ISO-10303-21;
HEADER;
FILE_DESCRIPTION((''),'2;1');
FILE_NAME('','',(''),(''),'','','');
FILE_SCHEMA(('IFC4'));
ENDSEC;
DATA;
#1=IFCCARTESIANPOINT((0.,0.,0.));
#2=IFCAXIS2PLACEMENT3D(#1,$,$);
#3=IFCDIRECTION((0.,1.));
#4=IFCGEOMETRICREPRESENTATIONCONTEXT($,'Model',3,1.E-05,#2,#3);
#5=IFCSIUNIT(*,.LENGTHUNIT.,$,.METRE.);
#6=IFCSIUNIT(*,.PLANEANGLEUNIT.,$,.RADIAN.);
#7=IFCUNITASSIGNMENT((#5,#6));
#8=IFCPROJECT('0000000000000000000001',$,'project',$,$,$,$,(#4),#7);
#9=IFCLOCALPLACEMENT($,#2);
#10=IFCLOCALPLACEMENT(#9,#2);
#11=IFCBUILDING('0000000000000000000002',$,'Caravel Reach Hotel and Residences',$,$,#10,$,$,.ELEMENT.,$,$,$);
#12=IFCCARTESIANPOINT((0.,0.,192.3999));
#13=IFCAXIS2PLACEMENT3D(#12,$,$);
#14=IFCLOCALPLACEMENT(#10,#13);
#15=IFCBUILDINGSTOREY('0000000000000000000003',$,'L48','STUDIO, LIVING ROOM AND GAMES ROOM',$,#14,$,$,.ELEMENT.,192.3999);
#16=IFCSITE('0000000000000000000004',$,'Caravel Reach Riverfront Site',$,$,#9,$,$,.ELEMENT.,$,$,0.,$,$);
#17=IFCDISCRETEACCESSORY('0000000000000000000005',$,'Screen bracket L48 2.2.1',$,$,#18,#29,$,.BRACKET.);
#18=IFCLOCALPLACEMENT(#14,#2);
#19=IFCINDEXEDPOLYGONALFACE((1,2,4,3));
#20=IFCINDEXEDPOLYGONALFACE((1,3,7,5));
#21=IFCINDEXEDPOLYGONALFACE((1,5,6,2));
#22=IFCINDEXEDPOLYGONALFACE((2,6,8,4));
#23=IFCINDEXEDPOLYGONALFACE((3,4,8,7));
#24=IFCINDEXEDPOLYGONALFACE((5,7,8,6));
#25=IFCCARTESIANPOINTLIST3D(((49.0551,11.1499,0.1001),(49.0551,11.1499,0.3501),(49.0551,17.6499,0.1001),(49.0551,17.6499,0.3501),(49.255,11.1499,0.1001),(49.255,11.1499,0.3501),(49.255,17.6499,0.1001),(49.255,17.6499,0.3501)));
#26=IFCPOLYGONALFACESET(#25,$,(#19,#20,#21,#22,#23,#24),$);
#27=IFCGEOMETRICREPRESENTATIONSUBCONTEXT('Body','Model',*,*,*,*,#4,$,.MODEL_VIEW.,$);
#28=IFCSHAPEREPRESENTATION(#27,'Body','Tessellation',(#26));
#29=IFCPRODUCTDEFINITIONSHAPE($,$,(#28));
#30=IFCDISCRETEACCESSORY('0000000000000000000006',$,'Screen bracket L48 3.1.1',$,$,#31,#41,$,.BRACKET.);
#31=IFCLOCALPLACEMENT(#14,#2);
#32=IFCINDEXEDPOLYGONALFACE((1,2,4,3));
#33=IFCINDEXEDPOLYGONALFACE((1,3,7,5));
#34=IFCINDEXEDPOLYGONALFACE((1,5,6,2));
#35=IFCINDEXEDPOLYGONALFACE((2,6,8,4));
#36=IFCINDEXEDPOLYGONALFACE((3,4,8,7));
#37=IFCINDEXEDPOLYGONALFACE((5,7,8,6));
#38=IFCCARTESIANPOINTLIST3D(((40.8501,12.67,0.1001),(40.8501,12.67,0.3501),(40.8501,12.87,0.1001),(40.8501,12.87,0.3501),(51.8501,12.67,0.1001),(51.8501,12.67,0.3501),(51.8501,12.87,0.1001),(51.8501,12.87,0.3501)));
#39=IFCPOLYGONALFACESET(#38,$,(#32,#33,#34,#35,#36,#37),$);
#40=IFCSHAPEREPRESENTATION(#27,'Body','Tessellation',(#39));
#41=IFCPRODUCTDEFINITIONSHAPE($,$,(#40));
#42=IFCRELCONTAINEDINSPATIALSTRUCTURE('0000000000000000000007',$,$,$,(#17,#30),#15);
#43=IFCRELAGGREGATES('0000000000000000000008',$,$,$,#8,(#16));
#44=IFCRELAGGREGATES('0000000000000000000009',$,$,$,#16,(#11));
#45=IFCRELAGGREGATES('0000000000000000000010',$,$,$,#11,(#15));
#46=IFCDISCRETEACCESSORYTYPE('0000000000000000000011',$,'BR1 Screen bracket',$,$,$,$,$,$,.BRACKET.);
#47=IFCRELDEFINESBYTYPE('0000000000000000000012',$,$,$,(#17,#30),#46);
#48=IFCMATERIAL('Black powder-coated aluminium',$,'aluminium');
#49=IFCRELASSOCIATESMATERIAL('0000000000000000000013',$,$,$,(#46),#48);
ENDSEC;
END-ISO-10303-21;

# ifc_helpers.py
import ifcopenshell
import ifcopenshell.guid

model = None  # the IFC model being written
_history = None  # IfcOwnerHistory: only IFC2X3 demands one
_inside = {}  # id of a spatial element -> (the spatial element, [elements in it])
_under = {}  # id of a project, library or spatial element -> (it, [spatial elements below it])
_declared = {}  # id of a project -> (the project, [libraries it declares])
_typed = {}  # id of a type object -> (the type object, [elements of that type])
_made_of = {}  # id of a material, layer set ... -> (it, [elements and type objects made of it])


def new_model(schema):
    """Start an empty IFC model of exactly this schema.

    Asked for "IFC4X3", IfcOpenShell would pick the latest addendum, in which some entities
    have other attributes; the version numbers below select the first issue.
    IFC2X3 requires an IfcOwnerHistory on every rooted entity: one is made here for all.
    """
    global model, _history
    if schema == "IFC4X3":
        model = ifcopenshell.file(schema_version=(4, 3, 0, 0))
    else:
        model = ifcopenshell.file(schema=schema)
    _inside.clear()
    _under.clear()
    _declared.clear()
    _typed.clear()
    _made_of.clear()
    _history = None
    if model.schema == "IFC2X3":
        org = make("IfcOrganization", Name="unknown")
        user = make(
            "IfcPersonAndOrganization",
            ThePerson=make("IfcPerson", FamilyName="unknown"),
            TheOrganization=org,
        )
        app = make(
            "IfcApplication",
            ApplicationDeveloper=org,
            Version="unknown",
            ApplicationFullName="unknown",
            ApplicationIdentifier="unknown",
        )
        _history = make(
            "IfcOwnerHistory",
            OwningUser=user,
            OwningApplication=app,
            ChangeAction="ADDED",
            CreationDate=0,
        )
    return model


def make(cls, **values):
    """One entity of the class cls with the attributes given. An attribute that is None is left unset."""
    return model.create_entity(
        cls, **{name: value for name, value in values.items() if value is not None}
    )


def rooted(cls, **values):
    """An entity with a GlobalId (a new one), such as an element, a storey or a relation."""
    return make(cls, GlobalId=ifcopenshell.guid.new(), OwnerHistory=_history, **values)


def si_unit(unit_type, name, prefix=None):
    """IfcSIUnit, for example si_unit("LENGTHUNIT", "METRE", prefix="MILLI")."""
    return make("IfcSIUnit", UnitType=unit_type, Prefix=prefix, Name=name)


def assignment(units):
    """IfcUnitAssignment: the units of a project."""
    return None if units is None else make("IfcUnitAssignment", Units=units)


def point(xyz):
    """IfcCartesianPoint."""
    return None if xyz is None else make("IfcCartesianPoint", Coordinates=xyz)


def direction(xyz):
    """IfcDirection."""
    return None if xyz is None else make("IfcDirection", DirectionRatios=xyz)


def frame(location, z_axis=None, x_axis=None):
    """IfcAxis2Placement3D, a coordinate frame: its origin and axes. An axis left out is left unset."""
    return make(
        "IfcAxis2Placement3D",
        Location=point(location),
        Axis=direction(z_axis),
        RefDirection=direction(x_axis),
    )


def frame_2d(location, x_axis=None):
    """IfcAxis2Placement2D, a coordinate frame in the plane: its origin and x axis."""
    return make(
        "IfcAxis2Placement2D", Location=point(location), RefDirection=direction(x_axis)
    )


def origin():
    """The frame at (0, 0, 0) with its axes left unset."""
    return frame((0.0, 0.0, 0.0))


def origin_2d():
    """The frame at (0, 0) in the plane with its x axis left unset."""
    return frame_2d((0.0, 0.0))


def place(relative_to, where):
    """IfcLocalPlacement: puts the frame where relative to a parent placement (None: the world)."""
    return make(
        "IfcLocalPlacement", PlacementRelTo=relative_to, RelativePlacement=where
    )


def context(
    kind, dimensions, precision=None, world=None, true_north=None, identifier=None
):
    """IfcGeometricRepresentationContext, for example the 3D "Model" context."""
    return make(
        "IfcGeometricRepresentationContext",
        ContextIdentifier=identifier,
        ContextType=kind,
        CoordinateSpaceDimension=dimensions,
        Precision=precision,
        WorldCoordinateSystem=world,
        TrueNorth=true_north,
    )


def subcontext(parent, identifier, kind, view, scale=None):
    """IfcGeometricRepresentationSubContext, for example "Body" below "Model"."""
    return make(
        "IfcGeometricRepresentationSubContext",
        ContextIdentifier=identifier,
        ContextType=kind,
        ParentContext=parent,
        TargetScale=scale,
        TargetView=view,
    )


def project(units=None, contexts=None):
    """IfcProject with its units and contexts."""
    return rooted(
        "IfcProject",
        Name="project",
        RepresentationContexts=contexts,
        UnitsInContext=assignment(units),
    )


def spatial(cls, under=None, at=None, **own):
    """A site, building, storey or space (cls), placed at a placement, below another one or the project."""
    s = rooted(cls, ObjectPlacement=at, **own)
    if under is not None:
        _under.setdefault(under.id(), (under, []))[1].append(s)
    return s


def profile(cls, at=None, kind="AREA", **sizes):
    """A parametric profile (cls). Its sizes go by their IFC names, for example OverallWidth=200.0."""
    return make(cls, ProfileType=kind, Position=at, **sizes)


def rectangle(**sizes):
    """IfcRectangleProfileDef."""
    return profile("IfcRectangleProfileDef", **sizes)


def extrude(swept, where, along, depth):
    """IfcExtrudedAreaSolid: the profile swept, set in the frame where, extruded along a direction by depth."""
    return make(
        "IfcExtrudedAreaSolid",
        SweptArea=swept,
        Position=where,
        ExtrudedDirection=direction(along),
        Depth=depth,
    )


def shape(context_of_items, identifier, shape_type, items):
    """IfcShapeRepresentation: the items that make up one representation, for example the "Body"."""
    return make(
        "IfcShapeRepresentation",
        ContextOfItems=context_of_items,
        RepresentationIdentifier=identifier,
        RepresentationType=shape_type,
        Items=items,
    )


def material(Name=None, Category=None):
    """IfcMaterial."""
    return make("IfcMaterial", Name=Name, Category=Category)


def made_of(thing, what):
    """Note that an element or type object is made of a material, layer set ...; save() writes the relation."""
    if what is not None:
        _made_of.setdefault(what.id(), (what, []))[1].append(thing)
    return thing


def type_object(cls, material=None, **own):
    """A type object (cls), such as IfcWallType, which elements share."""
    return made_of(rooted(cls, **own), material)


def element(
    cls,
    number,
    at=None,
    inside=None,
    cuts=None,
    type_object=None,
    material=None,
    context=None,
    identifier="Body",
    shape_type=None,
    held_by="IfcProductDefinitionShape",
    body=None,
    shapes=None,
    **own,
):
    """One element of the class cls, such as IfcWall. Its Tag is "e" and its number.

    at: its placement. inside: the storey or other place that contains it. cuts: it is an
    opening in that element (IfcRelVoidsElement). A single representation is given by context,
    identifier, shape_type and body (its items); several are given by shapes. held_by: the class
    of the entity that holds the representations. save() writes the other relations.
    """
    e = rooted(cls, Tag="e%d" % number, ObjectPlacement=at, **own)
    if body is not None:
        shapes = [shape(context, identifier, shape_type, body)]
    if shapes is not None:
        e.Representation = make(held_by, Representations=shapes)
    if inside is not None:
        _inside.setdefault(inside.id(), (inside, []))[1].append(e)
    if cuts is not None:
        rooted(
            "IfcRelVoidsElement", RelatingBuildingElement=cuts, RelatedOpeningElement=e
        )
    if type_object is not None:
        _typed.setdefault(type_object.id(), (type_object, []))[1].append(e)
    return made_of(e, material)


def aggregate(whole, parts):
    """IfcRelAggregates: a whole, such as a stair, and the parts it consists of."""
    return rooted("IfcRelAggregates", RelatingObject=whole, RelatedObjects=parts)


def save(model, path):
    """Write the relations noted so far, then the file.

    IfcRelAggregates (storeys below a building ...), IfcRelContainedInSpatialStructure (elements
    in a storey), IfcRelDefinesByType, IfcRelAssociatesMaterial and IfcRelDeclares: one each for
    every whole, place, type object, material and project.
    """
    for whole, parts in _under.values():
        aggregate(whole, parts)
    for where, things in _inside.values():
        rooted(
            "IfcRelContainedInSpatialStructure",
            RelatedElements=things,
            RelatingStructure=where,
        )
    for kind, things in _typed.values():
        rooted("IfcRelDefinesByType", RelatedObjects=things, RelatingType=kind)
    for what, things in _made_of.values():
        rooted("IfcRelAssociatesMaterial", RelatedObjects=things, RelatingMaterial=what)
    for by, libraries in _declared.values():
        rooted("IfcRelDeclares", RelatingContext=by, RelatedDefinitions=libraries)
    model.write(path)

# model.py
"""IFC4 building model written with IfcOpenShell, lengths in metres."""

from ifc_helpers import new_model, si_unit, direction, frame, origin, origin_2d, place, context, subcontext, project, spatial, rectangle, extrude, material, type_object, element, save


model = new_model("IFC4")

# Units and contexts
model_context = context("Model", 3, precision=1e-05, world=origin(), true_north=direction((0.0, 1.0)))
body_context = subcontext(model_context, "Body", "Model", "MODEL_VIEW")
ifc_project = project(units=[si_unit("LENGTHUNIT", "METRE"), si_unit("PLANEANGLEUNIT", "RADIAN")], contexts=[model_context])

# Site, building, storey
site_placement = place(None, origin())
site = spatial("IfcSite", under=ifc_project, at=site_placement, Name="Caravel Reach Riverfront Site", CompositionType="ELEMENT", RefElevation=0.0)
building_placement = place(site_placement, origin())
building = spatial("IfcBuilding", under=site, at=building_placement, Name="Caravel Reach Hotel and Residences", CompositionType="ELEMENT")
storey_placement = place(building_placement, frame((0.0, 0.0, 192.3999)))
storey = spatial("IfcBuildingStorey", under=building, at=storey_placement, Name="L48", Description="STUDIO, LIVING ROOM AND GAMES ROOM", CompositionType="ELEMENT", Elevation=192.3999)

# Discrete accessories
ifc_material_1 = material(Name="Black powder-coated aluminium", Category="aluminium")
discrete_accessory_type = type_object("IfcDiscreteAccessoryType", Name="BR1 Screen bracket", PredefinedType="BRACKET", material=ifc_material_1)
discrete_accessory_1_placement = place(storey_placement, frame((49.155, 14.3999, 0.1001), z_axis=(0.0, 0.0, 1.0), x_axis=(0.0, -1.0, 0.0)))
element("IfcDiscreteAccessory", 1, at=discrete_accessory_1_placement, inside=storey, type_object=discrete_accessory_type, Name="Screen bracket L48 2.2.1", PredefinedType="BRACKET", context=body_context, shape_type="SweptSolid", body=[
    extrude(rectangle(XDim=6.5, YDim=0.2, at=origin_2d()), origin(), (0.0, 0.0, 1.0), 0.25),
])
discrete_accessory_2_placement = place(storey_placement, frame((46.3501, 12.77, 0.1001), z_axis=(0.0, 0.0, 1.0), x_axis=(1.0, 0.0, 0.0)))
element("IfcDiscreteAccessory", 2, at=discrete_accessory_2_placement, inside=storey, type_object=discrete_accessory_type, Name="Screen bracket L48 3.1.1", PredefinedType="BRACKET", context=body_context, shape_type="SweptSolid", body=[
    extrude(rectangle(XDim=11.0, YDim=0.2, at=origin_2d()), origin(), (0.0, 0.0, 1.0), 0.25),
])

save(model, "model.ifc")
